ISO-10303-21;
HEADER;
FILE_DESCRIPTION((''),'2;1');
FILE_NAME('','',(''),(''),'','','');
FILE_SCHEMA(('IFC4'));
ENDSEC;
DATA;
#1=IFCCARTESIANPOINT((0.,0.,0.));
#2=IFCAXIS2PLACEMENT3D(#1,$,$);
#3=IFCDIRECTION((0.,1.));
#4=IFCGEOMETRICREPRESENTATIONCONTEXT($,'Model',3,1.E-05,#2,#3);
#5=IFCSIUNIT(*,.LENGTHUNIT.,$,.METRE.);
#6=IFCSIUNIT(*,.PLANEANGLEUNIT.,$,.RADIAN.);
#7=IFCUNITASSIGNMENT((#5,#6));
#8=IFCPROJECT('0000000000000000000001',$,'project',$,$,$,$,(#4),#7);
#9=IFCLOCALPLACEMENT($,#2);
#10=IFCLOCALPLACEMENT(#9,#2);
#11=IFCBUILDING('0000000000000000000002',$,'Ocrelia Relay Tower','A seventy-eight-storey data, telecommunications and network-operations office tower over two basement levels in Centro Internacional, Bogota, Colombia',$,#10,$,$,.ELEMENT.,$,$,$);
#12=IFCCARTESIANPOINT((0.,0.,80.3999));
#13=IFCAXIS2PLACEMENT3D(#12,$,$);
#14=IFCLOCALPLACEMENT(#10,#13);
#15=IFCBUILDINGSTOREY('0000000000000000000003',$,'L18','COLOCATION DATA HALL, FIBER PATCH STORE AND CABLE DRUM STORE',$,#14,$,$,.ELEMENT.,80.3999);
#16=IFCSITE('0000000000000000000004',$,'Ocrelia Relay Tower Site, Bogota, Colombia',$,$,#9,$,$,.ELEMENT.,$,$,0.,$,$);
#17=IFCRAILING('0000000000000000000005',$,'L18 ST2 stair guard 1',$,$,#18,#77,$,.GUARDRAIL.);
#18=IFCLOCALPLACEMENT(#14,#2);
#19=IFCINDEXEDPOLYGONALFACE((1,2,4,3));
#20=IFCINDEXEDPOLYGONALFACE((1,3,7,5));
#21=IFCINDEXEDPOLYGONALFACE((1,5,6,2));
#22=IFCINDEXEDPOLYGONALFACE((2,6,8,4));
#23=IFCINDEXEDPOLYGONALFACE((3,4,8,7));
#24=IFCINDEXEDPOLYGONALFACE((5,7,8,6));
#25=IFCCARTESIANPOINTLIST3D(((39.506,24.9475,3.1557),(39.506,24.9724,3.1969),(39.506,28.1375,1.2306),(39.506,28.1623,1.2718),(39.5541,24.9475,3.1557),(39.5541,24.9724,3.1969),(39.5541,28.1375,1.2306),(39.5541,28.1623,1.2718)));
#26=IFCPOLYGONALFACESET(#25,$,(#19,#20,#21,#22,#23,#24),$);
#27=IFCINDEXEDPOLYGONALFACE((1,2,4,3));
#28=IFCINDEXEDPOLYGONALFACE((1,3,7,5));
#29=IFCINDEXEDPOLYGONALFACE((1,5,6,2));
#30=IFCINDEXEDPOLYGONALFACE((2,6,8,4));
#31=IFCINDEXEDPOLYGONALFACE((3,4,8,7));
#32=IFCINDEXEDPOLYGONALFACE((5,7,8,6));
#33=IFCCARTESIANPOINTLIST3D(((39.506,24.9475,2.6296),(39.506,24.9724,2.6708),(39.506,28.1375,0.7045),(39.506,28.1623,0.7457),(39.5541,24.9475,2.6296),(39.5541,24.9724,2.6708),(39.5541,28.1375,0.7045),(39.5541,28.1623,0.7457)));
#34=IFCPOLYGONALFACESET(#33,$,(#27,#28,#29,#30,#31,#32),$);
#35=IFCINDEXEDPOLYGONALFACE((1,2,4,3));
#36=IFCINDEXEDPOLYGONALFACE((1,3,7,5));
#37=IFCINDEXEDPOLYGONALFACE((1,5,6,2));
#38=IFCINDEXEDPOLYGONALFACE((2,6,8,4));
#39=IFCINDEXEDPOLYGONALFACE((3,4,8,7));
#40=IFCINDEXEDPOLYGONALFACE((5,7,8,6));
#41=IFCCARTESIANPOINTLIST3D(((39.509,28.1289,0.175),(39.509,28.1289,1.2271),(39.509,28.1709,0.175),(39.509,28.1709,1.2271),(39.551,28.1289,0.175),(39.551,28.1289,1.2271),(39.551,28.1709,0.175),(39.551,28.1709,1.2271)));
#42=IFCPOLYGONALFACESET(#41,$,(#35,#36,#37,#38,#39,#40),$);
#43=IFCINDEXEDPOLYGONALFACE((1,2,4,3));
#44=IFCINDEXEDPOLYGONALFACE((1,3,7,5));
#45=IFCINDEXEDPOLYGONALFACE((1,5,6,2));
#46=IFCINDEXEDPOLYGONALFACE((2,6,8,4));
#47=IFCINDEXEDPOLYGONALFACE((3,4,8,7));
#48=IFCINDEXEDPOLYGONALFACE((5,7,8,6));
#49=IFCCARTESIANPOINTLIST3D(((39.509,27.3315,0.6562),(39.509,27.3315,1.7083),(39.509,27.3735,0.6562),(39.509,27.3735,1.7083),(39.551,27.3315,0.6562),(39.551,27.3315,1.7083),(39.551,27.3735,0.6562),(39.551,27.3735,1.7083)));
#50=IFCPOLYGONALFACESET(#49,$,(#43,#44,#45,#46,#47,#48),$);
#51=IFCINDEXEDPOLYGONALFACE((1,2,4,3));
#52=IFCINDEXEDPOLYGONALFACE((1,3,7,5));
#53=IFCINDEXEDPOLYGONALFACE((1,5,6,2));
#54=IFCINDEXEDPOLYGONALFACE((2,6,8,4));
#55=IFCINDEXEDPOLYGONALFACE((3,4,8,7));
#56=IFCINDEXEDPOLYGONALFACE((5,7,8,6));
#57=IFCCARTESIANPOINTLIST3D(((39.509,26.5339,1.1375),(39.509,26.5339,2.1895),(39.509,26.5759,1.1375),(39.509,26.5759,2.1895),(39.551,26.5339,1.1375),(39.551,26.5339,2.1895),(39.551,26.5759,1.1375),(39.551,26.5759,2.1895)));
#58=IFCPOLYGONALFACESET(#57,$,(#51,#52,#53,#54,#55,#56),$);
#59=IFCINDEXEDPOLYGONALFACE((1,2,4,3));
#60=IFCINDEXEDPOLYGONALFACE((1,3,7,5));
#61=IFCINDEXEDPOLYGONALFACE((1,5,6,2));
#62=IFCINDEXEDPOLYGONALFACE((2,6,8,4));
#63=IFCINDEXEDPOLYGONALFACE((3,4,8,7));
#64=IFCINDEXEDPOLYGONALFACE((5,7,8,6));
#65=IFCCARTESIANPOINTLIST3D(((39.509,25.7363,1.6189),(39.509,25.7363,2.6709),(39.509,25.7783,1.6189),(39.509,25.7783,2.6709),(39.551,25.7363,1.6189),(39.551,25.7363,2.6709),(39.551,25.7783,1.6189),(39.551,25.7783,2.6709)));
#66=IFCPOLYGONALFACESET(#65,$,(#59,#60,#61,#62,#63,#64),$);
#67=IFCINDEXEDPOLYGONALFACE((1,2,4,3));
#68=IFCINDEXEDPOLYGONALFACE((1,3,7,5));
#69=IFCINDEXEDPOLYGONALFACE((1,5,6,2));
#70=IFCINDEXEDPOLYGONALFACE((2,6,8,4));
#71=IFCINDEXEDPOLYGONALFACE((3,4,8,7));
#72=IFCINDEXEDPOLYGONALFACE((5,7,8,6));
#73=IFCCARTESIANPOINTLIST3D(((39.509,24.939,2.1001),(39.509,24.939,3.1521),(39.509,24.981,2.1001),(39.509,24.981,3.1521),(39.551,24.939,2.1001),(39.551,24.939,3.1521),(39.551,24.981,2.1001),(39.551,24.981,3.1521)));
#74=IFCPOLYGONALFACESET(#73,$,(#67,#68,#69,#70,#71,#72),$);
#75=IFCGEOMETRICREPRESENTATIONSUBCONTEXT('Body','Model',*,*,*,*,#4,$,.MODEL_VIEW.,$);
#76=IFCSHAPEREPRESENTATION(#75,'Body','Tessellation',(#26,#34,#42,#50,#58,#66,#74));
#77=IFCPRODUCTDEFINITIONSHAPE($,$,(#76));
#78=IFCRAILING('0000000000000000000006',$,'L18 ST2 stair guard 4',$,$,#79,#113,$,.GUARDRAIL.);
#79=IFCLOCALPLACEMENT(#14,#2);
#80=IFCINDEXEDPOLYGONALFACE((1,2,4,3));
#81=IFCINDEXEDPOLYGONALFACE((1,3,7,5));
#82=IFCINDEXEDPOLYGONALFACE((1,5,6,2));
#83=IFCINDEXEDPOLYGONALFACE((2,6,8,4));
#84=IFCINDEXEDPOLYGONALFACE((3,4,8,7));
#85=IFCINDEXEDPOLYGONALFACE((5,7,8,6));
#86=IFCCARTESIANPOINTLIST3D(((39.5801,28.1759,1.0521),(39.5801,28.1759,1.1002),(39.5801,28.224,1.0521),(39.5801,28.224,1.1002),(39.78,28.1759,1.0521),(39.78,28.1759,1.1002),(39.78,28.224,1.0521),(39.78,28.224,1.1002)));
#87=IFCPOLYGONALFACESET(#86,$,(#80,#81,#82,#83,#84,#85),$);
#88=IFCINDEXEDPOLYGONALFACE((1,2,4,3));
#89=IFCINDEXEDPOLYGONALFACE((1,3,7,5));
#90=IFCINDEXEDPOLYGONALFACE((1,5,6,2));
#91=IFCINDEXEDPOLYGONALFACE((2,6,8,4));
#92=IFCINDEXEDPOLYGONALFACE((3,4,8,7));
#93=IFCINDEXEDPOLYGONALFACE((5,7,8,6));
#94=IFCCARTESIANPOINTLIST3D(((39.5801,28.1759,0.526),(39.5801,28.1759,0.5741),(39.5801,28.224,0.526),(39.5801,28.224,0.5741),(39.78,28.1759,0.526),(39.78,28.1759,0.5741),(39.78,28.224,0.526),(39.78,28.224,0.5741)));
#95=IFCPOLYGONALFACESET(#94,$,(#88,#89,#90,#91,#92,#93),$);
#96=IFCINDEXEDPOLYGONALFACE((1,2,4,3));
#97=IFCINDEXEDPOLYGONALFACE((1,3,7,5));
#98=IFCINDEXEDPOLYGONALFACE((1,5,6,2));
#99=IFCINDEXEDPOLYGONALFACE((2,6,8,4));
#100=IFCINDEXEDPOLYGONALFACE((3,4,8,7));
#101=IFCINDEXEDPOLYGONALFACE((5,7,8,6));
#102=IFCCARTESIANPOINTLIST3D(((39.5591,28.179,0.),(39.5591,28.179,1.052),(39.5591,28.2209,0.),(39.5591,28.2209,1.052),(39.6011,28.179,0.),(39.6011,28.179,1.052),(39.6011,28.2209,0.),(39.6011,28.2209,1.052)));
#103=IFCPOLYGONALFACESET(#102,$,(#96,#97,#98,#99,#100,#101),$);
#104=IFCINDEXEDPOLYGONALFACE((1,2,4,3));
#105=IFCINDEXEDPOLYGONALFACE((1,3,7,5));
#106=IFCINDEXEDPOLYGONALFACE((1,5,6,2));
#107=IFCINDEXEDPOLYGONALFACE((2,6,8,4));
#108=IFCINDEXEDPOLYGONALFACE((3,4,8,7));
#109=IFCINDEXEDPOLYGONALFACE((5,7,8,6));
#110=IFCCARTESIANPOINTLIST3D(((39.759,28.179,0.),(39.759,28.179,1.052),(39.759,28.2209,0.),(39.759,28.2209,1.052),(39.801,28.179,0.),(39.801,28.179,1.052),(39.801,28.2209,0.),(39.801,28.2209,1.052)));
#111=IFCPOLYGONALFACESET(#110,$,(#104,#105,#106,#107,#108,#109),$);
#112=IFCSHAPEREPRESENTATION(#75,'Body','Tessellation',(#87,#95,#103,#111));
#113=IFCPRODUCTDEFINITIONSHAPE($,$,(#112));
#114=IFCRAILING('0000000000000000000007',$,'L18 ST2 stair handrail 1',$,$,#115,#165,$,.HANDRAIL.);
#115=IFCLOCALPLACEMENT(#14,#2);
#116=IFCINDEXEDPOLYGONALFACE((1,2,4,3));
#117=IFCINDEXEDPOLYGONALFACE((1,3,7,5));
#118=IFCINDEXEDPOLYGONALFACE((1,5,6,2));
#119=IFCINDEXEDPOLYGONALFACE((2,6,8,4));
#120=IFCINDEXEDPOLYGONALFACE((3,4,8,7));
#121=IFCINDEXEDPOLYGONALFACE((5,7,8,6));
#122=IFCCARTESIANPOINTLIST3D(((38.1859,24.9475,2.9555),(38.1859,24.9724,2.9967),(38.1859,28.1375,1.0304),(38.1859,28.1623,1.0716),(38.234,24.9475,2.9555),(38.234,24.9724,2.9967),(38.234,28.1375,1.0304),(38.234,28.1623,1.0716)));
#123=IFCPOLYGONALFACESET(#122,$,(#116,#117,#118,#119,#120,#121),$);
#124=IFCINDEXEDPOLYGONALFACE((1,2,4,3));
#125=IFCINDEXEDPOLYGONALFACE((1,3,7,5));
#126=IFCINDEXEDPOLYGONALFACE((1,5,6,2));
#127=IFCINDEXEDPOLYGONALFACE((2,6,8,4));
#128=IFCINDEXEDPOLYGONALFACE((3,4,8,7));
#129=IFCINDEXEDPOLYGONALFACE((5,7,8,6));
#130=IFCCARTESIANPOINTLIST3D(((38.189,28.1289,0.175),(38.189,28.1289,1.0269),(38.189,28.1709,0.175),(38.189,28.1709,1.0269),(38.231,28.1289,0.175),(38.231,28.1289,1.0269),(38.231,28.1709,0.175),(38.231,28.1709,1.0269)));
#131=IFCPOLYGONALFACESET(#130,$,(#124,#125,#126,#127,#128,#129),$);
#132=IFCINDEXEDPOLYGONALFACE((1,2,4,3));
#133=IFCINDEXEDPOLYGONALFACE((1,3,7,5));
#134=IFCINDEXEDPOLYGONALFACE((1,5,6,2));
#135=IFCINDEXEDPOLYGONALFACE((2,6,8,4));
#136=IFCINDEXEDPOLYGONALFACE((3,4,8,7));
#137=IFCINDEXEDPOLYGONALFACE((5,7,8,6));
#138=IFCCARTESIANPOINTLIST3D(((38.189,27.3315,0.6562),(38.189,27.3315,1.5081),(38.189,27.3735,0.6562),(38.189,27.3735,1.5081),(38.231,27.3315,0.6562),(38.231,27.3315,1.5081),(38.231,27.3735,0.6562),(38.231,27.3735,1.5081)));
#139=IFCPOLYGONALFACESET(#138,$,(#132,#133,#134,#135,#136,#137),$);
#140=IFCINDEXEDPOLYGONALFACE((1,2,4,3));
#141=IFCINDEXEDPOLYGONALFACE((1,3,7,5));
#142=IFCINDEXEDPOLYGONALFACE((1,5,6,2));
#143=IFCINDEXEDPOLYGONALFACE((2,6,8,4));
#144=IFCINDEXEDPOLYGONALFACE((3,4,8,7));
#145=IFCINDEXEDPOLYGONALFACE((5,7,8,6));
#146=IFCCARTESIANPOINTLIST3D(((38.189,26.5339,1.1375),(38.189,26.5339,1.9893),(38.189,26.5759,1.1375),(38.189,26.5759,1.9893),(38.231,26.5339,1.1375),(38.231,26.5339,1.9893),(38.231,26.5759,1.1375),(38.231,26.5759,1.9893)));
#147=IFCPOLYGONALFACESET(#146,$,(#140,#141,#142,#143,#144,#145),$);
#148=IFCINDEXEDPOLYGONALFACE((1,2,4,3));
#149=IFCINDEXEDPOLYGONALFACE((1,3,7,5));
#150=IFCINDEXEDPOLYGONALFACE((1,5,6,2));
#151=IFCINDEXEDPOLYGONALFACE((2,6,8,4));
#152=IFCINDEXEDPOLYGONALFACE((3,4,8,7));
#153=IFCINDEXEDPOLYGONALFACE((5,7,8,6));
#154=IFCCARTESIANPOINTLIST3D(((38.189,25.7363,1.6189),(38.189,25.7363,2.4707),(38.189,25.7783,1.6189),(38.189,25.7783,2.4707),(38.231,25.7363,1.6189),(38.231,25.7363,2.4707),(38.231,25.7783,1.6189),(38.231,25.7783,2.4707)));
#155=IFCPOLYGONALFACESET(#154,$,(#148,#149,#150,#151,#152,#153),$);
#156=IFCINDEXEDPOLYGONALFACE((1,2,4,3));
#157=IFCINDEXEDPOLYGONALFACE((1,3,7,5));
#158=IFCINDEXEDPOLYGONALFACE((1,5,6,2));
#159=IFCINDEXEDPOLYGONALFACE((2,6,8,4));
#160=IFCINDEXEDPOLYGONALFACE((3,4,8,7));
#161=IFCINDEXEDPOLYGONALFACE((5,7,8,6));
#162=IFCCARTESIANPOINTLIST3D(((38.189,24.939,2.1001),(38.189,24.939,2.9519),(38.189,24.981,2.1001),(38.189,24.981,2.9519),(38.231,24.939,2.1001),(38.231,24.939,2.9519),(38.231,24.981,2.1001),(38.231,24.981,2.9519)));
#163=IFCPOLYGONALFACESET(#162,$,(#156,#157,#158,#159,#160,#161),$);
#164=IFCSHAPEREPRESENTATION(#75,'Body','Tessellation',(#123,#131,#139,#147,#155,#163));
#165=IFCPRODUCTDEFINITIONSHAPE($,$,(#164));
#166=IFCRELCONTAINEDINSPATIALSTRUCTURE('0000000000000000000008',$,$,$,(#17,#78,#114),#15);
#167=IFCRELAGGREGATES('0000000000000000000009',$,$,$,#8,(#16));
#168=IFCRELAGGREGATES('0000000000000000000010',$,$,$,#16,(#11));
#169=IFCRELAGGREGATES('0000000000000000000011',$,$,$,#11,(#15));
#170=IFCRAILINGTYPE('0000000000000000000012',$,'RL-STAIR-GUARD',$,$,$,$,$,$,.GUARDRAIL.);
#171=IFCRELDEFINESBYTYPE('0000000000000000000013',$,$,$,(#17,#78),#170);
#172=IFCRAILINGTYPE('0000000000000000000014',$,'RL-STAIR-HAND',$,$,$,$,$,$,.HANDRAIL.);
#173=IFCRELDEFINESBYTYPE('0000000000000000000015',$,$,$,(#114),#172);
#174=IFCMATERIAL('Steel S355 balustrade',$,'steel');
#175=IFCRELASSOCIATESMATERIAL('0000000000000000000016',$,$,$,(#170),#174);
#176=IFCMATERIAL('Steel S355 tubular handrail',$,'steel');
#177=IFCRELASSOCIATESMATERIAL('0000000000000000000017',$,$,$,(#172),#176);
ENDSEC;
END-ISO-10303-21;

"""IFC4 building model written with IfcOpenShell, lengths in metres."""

from ifc_helpers import new_model, si_unit, direction, frame, origin, origin_2d, place, context, subcontext, project, spatial, rectangle, extrude, material, type_object, element, save


model = new_model("IFC4")

# Units and contexts
model_context = context("Model", 3, precision=1e-05, world=origin(), true_north=direction((0.0, 1.0)))
body_context = subcontext(model_context, "Body", "Model", "MODEL_VIEW")
ifc_project = project(units=[si_unit("LENGTHUNIT", "METRE"), si_unit("PLANEANGLEUNIT", "RADIAN")], contexts=[model_context])

# Site, building, storey
site_placement = place(None, origin())
site = spatial("IfcSite", under=ifc_project, at=site_placement, Name="Ocrelia Relay Tower Site, Bogota, Colombia", CompositionType="ELEMENT", RefElevation=0.0)
building_placement = place(site_placement, origin())
building = spatial("IfcBuilding", under=site, at=building_placement, Name="Ocrelia Relay Tower", Description="A seventy-eight-storey data, telecommunications and network-operations office tower over two basement levels in Centro Internacional, Bogota, Colombia", CompositionType="ELEMENT")
storey_placement = place(building_placement, frame((0.0, 0.0, 80.3999)))
storey = spatial("IfcBuildingStorey", under=building, at=storey_placement, Name="L18", Description="COLOCATION DATA HALL, FIBER PATCH STORE AND CABLE DRUM STORE", CompositionType="ELEMENT", Elevation=80.3999)

# Railings
ifc_material_1 = material(Name="Steel S355 balustrade", Category="steel")
railing_type_1 = type_object("IfcRailingType", Name="RL-STAIR-GUARD", PredefinedType="GUARDRAIL", material=ifc_material_1)
railing_1_placement = place(storey_placement, frame((39.53, 28.1499, 0.175)))
element("IfcRailing", 1, at=railing_1_placement, inside=storey, type_object=railing_type_1, Name="L18 ST2 stair guard 1", PredefinedType="GUARDRAIL", context=body_context, shape_type="SweptSolid", body=[
    extrude(rectangle(XDim=0.0481, YDim=0.0481, at=origin_2d()), frame((0.0, 0.0, 1.0762), z_axis=(0.0, -0.856178, 0.516682), x_axis=(1.0, 0.0, 0.0)), (0.0, 0.0, 1.0), 3.7258),
    extrude(rectangle(XDim=0.0481, YDim=0.0481, at=origin_2d()), frame((0.0, 0.0, 0.55), z_axis=(0.0, -0.856178, 0.516682), x_axis=(1.0, 0.0, 0.0)), (0.0, 0.0, 1.0), 3.7258),
    extrude(rectangle(XDim=0.042, YDim=0.042, at=origin_2d()), origin(), (0.0, 0.0, 1.0), 1.052),
    extrude(rectangle(XDim=0.042, YDim=0.042, at=origin_2d()), frame((0.0, -0.7974, 0.4812)), (0.0, 0.0, 1.0), 1.052),
    extrude(rectangle(XDim=0.042, YDim=0.042, at=origin_2d()), frame((0.0, -1.595, 0.9624)), (0.0, 0.0, 1.0), 1.052),
    extrude(rectangle(XDim=0.042, YDim=0.042, at=origin_2d()), frame((0.0, -2.3926, 1.4438)), (0.0, 0.0, 1.0), 1.052),
    extrude(rectangle(XDim=0.042, YDim=0.042, at=origin_2d()), frame((0.0, -3.1899, 1.925)), (0.0, 0.0, 1.0), 1.052),
])
railing_2_placement = place(storey_placement, frame((39.5801, 28.2, 0.0)))
element("IfcRailing", 2, at=railing_2_placement, inside=storey, type_object=railing_type_1, Name="L18 ST2 stair guard 4", PredefinedType="GUARDRAIL", context=body_context, shape_type="SweptSolid", body=[
    extrude(rectangle(XDim=0.0481, YDim=0.0481, at=origin_2d()), frame((0.0, 0.0, 1.0762), z_axis=(1.0, 0.0, 0.0), x_axis=(0.0, 1.0, 0.0)), (0.0, 0.0, 1.0), 0.2),
    extrude(rectangle(XDim=0.0481, YDim=0.0481, at=origin_2d()), frame((0.0, 0.0, 0.55), z_axis=(1.0, 0.0, 0.0), x_axis=(0.0, 1.0, 0.0)), (0.0, 0.0, 1.0), 0.2),
    extrude(rectangle(XDim=0.042, YDim=0.042, at=origin_2d()), origin(), (0.0, 0.0, 1.0), 1.052),
    extrude(rectangle(XDim=0.042, YDim=0.042, at=origin_2d()), frame((0.2, 0.0, 0.0)), (0.0, 0.0, 1.0), 1.052),
])
ifc_material_2 = material(Name="Steel S355 tubular handrail", Category="steel")
railing_type_2 = type_object("IfcRailingType", Name="RL-STAIR-HAND", PredefinedType="HANDRAIL", material=ifc_material_2)
railing_3_placement = place(storey_placement, frame((38.21, 28.1499, 0.175)))
element("IfcRailing", 3, at=railing_3_placement, inside=storey, type_object=railing_type_2, Name="L18 ST2 stair handrail 1", PredefinedType="HANDRAIL", context=body_context, shape_type="SweptSolid", body=[
    extrude(rectangle(XDim=0.0481, YDim=0.0481, at=origin_2d()), frame((0.0, 0.0, 0.876), z_axis=(0.0, -0.856178, 0.516682), x_axis=(1.0, 0.0, 0.0)), (0.0, 0.0, 1.0), 3.7258),
    extrude(rectangle(XDim=0.042, YDim=0.042, at=origin_2d()), origin(), (0.0, 0.0, 1.0), 0.8518),
    extrude(rectangle(XDim=0.042, YDim=0.042, at=origin_2d()), frame((0.0, -0.7974, 0.4812)), (0.0, 0.0, 1.0), 0.8518),
    extrude(rectangle(XDim=0.042, YDim=0.042, at=origin_2d()), frame((0.0, -1.595, 0.9624)), (0.0, 0.0, 1.0), 0.8518),
    extrude(rectangle(XDim=0.042, YDim=0.042, at=origin_2d()), frame((0.0, -2.3926, 1.4438)), (0.0, 0.0, 1.0), 0.8518),
    extrude(rectangle(XDim=0.042, YDim=0.042, at=origin_2d()), frame((0.0, -3.1899, 1.925)), (0.0, 0.0, 1.0), 0.8518),
])

save(model, "model.ifc")
